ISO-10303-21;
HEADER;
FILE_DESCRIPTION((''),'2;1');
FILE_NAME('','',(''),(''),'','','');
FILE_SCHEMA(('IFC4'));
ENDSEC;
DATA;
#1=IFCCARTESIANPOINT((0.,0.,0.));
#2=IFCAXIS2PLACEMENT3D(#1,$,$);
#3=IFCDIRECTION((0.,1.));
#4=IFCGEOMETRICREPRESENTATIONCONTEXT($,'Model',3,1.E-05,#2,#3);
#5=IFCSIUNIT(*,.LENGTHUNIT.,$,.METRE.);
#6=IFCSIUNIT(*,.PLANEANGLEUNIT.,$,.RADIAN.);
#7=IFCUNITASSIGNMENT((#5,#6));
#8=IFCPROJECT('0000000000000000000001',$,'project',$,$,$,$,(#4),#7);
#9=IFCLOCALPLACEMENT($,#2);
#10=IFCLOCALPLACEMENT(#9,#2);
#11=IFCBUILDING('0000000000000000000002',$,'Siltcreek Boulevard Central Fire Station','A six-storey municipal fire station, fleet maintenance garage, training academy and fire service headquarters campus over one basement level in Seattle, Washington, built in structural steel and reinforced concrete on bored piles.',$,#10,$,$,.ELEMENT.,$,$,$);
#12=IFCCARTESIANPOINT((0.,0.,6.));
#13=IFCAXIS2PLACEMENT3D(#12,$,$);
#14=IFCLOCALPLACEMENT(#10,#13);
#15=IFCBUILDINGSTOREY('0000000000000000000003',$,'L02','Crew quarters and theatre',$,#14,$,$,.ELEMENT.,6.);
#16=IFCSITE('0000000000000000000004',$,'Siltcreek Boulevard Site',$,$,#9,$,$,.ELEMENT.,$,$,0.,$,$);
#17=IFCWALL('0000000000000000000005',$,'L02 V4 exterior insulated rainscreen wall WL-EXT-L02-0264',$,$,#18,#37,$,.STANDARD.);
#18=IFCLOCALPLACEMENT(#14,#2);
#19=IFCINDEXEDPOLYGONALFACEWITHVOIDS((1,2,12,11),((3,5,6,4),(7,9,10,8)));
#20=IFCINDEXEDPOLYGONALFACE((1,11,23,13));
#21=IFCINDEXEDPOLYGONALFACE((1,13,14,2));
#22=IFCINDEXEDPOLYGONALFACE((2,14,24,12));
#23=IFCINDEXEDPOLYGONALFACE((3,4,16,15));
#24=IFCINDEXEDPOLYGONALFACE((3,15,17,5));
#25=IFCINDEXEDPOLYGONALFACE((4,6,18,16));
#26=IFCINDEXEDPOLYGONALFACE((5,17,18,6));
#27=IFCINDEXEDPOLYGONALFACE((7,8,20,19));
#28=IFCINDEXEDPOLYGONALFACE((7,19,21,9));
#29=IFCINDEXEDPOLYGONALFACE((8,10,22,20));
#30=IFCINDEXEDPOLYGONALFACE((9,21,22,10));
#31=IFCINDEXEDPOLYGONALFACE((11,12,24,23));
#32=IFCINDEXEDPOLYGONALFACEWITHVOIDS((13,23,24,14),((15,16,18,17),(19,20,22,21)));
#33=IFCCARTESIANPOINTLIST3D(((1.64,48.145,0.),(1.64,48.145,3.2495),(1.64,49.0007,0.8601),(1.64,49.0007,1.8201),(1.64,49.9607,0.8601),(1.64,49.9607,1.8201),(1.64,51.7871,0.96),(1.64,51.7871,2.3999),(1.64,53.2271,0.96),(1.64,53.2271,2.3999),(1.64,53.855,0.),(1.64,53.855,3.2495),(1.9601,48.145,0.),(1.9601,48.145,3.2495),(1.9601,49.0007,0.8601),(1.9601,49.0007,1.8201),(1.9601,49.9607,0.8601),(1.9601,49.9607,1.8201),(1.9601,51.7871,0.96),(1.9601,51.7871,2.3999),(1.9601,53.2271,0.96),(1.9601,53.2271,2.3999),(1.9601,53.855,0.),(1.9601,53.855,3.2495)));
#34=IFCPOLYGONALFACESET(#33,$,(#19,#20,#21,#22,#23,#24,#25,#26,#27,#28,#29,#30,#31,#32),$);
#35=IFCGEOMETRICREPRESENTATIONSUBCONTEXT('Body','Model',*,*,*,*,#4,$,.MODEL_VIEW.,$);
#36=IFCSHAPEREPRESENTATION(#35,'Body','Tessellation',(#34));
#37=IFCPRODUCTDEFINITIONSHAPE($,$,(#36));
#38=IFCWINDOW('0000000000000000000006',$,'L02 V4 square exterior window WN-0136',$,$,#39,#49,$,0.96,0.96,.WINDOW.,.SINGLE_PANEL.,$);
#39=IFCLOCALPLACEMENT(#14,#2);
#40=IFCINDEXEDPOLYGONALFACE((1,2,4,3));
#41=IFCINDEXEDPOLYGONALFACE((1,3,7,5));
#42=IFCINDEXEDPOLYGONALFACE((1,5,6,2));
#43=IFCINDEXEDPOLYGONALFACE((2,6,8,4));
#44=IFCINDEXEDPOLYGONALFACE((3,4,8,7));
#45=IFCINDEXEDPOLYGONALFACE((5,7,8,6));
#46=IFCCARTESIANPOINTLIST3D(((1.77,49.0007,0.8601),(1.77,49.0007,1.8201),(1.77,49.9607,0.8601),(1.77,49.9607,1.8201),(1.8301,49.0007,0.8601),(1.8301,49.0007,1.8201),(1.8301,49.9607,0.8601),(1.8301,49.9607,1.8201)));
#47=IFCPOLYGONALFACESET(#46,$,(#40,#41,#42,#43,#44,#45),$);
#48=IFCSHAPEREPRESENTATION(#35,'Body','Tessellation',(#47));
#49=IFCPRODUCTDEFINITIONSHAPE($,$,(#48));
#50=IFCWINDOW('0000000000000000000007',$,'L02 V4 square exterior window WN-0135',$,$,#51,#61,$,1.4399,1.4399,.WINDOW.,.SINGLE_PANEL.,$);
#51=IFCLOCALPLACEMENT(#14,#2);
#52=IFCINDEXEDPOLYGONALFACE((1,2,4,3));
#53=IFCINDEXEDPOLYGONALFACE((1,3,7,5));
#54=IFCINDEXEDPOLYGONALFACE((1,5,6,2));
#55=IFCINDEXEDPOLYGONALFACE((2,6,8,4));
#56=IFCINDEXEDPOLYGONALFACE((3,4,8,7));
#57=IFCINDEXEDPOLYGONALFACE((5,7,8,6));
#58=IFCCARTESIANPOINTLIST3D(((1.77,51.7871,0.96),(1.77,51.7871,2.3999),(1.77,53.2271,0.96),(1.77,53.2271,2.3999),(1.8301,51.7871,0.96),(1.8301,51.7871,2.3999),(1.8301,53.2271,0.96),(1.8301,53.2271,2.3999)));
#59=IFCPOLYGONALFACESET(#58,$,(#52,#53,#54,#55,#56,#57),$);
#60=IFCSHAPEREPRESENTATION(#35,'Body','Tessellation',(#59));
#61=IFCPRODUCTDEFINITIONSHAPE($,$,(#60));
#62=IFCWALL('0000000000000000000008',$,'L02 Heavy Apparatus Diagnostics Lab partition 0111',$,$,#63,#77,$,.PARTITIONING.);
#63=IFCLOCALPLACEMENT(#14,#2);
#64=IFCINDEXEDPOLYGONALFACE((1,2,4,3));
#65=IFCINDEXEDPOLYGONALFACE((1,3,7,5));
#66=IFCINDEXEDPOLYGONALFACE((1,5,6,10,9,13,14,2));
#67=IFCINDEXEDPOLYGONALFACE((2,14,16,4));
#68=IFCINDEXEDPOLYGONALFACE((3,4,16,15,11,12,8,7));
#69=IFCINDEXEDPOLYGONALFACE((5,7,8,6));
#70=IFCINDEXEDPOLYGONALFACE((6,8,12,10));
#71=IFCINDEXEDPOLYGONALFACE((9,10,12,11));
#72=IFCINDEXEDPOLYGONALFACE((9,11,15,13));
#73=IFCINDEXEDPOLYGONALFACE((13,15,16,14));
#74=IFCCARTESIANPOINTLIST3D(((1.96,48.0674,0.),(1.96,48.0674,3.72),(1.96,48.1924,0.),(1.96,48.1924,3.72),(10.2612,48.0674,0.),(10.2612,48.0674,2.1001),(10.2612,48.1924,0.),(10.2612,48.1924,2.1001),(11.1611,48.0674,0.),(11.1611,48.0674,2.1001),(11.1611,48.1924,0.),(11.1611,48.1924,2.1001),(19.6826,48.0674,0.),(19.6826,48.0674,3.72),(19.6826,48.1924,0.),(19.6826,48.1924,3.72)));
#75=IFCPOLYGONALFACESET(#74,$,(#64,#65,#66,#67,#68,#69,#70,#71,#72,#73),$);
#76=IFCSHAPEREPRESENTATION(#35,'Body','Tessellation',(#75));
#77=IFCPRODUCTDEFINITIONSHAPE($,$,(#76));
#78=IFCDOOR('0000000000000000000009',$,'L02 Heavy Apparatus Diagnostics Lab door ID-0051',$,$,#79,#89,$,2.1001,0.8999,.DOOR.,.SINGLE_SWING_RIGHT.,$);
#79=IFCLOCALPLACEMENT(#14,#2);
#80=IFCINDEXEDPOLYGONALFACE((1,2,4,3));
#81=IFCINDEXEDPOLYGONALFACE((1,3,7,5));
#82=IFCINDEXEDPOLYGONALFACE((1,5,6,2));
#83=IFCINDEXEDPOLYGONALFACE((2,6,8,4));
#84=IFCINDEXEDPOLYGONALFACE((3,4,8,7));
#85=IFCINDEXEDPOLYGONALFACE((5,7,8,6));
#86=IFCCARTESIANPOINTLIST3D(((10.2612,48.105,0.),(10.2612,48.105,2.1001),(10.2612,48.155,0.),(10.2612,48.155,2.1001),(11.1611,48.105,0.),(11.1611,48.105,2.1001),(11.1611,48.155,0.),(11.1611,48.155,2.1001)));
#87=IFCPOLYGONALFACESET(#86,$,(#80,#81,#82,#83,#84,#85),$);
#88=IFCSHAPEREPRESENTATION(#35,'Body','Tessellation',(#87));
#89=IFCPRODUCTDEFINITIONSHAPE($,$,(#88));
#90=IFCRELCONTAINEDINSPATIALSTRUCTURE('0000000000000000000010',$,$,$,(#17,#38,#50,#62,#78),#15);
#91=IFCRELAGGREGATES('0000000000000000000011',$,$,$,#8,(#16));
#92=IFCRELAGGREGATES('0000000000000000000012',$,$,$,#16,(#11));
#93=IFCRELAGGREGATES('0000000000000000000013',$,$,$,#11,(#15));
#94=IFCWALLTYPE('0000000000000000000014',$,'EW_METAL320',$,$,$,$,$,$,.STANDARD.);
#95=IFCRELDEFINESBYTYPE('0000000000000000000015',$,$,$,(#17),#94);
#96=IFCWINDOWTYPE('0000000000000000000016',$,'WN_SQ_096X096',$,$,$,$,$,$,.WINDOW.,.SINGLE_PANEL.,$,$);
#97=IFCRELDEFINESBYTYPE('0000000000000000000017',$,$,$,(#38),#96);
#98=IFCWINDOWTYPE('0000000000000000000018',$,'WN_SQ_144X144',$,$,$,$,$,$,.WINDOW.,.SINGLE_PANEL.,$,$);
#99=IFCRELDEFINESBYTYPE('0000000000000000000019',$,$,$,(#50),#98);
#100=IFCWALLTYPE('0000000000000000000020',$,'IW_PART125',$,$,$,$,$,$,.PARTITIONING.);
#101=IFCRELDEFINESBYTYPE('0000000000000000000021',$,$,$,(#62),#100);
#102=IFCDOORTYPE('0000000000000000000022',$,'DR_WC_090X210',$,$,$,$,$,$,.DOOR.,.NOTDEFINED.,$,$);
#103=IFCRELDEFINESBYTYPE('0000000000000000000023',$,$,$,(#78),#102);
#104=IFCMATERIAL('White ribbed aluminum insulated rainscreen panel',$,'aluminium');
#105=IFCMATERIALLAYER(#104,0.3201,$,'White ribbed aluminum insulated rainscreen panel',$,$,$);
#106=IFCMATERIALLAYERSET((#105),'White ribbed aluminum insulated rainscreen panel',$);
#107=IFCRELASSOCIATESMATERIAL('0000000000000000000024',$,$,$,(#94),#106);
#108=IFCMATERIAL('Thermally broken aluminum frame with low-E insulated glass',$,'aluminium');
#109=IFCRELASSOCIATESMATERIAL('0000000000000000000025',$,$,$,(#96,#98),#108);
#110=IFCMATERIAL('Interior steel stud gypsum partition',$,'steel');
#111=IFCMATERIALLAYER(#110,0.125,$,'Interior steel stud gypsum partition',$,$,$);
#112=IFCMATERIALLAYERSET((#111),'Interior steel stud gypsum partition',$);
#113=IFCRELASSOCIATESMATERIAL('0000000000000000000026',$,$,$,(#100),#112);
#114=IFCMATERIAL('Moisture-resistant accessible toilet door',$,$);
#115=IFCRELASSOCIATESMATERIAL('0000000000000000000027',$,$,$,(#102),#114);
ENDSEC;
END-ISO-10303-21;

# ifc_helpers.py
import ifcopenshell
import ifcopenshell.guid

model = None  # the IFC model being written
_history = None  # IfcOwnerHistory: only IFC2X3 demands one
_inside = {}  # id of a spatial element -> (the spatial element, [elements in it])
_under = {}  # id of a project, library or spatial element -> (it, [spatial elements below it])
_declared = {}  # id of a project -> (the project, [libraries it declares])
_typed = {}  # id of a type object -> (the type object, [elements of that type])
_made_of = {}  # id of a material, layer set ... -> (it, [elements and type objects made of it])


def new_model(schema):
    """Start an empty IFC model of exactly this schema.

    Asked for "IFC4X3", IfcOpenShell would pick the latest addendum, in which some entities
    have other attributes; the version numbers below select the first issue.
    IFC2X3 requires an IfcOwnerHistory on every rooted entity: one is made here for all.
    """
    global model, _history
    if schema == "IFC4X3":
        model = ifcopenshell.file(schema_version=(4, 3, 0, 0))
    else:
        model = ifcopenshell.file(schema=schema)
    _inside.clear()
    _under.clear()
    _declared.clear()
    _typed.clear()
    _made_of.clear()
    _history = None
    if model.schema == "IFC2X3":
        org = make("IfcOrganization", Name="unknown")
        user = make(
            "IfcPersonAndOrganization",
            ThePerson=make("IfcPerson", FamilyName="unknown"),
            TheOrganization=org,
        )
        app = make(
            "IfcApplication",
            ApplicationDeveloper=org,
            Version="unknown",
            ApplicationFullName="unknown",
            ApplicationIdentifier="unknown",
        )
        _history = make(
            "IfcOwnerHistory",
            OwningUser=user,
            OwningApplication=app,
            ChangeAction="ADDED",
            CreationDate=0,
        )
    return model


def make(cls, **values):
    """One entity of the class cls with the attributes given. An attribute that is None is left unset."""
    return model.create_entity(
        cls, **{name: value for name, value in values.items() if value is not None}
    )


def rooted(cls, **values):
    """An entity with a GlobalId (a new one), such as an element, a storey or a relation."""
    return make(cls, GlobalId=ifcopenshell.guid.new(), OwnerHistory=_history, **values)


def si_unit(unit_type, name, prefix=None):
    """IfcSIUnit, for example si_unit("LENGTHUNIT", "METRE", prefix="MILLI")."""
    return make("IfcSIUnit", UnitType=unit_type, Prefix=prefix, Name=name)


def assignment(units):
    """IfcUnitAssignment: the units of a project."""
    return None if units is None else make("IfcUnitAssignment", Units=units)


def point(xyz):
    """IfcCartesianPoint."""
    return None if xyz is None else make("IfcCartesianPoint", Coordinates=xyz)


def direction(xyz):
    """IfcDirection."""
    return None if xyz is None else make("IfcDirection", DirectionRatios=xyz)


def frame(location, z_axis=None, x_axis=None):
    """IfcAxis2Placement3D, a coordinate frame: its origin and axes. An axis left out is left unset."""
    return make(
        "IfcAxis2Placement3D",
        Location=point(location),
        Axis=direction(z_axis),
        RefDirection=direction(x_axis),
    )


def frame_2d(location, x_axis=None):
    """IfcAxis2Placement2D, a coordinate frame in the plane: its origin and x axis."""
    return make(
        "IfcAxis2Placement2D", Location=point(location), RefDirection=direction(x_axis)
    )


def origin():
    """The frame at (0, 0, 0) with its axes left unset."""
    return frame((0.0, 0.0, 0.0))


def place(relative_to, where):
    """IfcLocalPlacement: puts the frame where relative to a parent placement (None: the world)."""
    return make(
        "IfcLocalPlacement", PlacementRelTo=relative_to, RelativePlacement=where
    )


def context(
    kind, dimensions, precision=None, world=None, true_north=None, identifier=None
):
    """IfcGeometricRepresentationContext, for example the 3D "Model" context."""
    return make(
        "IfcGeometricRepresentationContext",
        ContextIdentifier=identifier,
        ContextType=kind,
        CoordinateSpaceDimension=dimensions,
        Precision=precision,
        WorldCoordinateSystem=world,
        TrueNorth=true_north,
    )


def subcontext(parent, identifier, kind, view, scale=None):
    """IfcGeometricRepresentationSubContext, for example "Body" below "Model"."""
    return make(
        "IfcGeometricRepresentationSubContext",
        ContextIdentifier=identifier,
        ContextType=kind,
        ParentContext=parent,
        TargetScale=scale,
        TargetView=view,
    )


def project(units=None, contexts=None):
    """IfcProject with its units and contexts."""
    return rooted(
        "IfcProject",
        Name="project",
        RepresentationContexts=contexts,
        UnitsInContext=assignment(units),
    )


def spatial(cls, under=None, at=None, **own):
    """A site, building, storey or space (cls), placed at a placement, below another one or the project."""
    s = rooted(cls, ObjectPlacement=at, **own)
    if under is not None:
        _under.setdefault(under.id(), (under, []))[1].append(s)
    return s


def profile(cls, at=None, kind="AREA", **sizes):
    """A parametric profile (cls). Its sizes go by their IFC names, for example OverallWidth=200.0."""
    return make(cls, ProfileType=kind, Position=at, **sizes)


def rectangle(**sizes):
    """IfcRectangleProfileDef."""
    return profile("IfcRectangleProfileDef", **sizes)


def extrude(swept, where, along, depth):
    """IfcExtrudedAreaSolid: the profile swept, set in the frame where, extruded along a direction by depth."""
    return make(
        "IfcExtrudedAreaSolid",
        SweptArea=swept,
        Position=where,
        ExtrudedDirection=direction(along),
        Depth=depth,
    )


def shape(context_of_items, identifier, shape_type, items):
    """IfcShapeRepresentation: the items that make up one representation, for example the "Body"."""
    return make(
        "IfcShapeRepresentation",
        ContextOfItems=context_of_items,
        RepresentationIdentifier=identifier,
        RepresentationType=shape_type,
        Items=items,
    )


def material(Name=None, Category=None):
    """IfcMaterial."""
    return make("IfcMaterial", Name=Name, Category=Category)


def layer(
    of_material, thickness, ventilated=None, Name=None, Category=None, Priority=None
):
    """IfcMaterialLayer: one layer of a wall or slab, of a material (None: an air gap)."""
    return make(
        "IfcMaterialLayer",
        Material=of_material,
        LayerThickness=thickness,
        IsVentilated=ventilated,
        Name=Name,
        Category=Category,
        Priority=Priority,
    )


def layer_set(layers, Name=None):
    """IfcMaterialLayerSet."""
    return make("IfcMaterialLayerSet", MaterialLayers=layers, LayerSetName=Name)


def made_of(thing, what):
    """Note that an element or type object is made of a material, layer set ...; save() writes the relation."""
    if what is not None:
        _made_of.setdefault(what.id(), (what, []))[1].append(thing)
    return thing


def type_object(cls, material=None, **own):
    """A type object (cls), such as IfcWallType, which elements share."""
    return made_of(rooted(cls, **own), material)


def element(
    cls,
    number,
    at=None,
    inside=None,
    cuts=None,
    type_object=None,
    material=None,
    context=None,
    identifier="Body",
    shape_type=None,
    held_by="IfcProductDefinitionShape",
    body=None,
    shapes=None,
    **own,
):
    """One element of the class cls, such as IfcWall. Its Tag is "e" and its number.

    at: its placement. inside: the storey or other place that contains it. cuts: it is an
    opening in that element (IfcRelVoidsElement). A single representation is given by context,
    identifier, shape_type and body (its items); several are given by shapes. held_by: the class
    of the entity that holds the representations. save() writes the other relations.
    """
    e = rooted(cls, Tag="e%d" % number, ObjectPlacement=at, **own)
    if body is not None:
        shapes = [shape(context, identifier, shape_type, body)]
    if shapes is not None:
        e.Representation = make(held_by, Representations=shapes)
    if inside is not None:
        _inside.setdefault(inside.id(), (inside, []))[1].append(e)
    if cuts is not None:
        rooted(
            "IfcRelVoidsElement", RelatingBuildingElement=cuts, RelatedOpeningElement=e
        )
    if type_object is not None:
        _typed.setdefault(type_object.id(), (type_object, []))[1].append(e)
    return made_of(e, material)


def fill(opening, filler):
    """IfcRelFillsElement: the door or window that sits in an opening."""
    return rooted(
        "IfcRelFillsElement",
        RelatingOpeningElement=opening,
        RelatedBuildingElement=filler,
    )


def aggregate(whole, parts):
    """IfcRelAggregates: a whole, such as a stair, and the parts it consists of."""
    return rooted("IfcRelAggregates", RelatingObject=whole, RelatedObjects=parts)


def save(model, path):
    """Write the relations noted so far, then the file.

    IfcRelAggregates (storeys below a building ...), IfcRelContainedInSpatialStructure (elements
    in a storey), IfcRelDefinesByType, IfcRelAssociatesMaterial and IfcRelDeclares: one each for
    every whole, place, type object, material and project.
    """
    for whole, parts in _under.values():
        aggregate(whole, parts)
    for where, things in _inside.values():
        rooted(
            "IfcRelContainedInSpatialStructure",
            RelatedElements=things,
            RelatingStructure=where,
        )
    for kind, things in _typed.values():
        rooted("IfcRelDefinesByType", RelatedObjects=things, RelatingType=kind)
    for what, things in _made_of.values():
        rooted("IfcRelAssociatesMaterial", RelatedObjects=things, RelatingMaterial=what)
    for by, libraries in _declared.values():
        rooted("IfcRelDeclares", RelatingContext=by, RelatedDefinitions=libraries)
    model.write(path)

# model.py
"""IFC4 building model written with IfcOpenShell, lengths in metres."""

from ifc_helpers import new_model, si_unit, direction, frame, frame_2d, origin, place, context, subcontext, project, spatial, rectangle, extrude, material, layer, layer_set, type_object, element, fill, save


model = new_model("IFC4")

# Units and contexts
model_context = context("Model", 3, precision=1e-05, world=origin(), true_north=direction((0.0, 1.0)))
body_context = subcontext(model_context, "Body", "Model", "MODEL_VIEW")
ifc_project = project(units=[si_unit("LENGTHUNIT", "METRE"), si_unit("PLANEANGLEUNIT", "RADIAN")], contexts=[model_context])

# Site, building, storey
site_placement = place(None, origin())
site = spatial("IfcSite", under=ifc_project, at=site_placement, Name="Siltcreek Boulevard Site", CompositionType="ELEMENT", RefElevation=0.0)
building_placement = place(site_placement, origin())
building = spatial("IfcBuilding", under=site, at=building_placement, Name="Siltcreek Boulevard Central Fire Station", Description="A six-storey municipal fire station, fleet maintenance garage, training academy and fire service headquarters campus over one basement level in Seattle, Washington, built in structural steel and reinforced concrete on bored piles.", CompositionType="ELEMENT")
storey_placement = place(building_placement, frame((0.0, 0.0, 6.0)))
storey = spatial("IfcBuildingStorey", under=building, at=storey_placement, Name="L02", Description="Crew quarters and theatre", CompositionType="ELEMENT", Elevation=6.0)

# Wall, openings, windows
ifc_material_1 = material(Name="White ribbed aluminum insulated rainscreen panel", Category="aluminium")
ifc_layer_1 = layer(ifc_material_1, 0.3201, Name="White ribbed aluminum insulated rainscreen panel")
ifc_layer_set_1 = layer_set([ifc_layer_1], Name="White ribbed aluminum insulated rainscreen panel")
wall_type_1 = type_object("IfcWallType", Name="EW_METAL320", PredefinedType="STANDARD", material=ifc_layer_set_1)
ifc_material_2 = material(Name="Thermally broken aluminum frame with low-E insulated glass", Category="aluminium")
window_type_1 = type_object("IfcWindowType", Name="WN_SQ_096X096", PartitioningType="SINGLE_PANEL", PredefinedType="WINDOW", material=ifc_material_2)
wall_1_placement = place(storey_placement, frame((1.8, 53.855, 0.0), z_axis=(0.0, 0.0, 1.0), x_axis=(0.0, -1.0, 0.0)))
wall_1 = element("IfcWall", 1, at=wall_1_placement, inside=storey, type_object=wall_type_1, Name="L02 V4 exterior insulated rainscreen wall WL-EXT-L02-0264", PredefinedType="STANDARD", context=body_context, shape_type="SweptSolid", body=[
    extrude(rectangle(XDim=5.71, YDim=0.3201, at=frame_2d((2.855, 0.0))), origin(), (0.0, 0.0, 1.0), 3.2495),
])
opening_1_placement = place(wall_1_placement, frame((0.6279, 0.0, 0.96)))
opening_1 = element("IfcOpeningElement", 2, at=opening_1_placement, cuts=wall_1, PredefinedType="OPENING", context=body_context, shape_type="SweptSolid", body=[
    extrude(rectangle(XDim=1.4399, YDim=1.4399, at=frame_2d((0.72, 0.72))), frame((0.0, 0.1699, 0.0), z_axis=(0.0, -1.0, 0.0), x_axis=(1.0, 0.0, 0.0)), (0.0, 0.0, 1.0), 0.3401),
])
opening_2_placement = place(wall_1_placement, frame((3.8943, 0.0, 0.8601)))
opening_2 = element("IfcOpeningElement", 3, at=opening_2_placement, cuts=wall_1, PredefinedType="OPENING", context=body_context, shape_type="SweptSolid", body=[
    extrude(rectangle(XDim=0.96, YDim=0.96, at=frame_2d((0.48, 0.48))), frame((0.0, 0.1699, 0.0), z_axis=(0.0, -1.0, 0.0), x_axis=(1.0, 0.0, 0.0)), (0.0, 0.0, 1.0), 0.3401),
])
window_1_placement = place(opening_2_placement, origin())
window_1 = element("IfcWindow", 4, at=window_1_placement, inside=storey, type_object=window_type_1, Name="L02 V4 square exterior window WN-0136", OverallHeight=0.96, OverallWidth=0.96, PartitioningType="SINGLE_PANEL", PredefinedType="WINDOW", context=body_context, shape_type="SweptSolid", body=[
    extrude(rectangle(XDim=0.96, YDim=0.96, at=frame_2d((0.48, 0.48))), frame((0.0, 0.03, 0.0), z_axis=(0.0, -1.0, 0.0), x_axis=(1.0, 0.0, 0.0)), (0.0, 0.0, 1.0), 0.0601),
])
fill(opening_2, window_1)
window_type_2 = type_object("IfcWindowType", Name="WN_SQ_144X144", PartitioningType="SINGLE_PANEL", PredefinedType="WINDOW", material=ifc_material_2)
window_2_placement = place(opening_1_placement, origin())
window_2 = element("IfcWindow", 5, at=window_2_placement, inside=storey, type_object=window_type_2, Name="L02 V4 square exterior window WN-0135", OverallHeight=1.4399, OverallWidth=1.4399, PartitioningType="SINGLE_PANEL", PredefinedType="WINDOW", context=body_context, shape_type="SweptSolid", body=[
    extrude(rectangle(XDim=1.4399, YDim=1.4399, at=frame_2d((0.72, 0.72))), frame((0.0, 0.03, 0.0), z_axis=(0.0, -1.0, 0.0), x_axis=(1.0, 0.0, 0.0)), (0.0, 0.0, 1.0), 0.0601),
])
fill(opening_1, window_2)

# Wall, opening, door
ifc_material_3 = material(Name="Interior steel stud gypsum partition", Category="steel")
ifc_layer_2 = layer(ifc_material_3, 0.125, Name="Interior steel stud gypsum partition")
ifc_layer_set_2 = layer_set([ifc_layer_2], Name="Interior steel stud gypsum partition")
wall_type_2 = type_object("IfcWallType", Name="IW_PART125", PredefinedType="PARTITIONING", material=ifc_layer_set_2)
wall_2_placement = place(storey_placement, frame((1.96, 48.1299, 0.0), z_axis=(0.0, 0.0, 1.0), x_axis=(1.0, 0.0, 0.0)))
wall_2 = element("IfcWall", 6, at=wall_2_placement, inside=storey, type_object=wall_type_2, Name="L02 Heavy Apparatus Diagnostics Lab partition 0111", PredefinedType="PARTITIONING", context=body_context, shape_type="SweptSolid", body=[
    extrude(rectangle(XDim=17.7227, YDim=0.125, at=frame_2d((8.8613, 0.0))), origin(), (0.0, 0.0, 1.0), 3.72),
])
opening_3_placement = place(wall_2_placement, frame((8.3013, 0.0, 0.0)))
opening_3 = element("IfcOpeningElement", 7, at=opening_3_placement, cuts=wall_2, PredefinedType="OPENING", context=body_context, shape_type="SweptSolid", body=[
    extrude(rectangle(XDim=0.8999, YDim=2.1001, at=frame_2d((0.45, 1.05))), frame((0.0, 0.0725, 0.0), z_axis=(0.0, -1.0, 0.0), x_axis=(1.0, 0.0, 0.0)), (0.0, 0.0, 1.0), 0.145),
])
ifc_material_4 = material(Name="Moisture-resistant accessible toilet door")
door_type_1 = type_object("IfcDoorType", Name="DR_WC_090X210", OperationType="NOTDEFINED", PredefinedType="DOOR", material=ifc_material_4)
door_1_placement = place(opening_3_placement, frame((0.8999, 0.0, 0.0), z_axis=(0.0, 0.0, 1.0), x_axis=(-1.0, 0.0, 0.0)))
door_1 = element("IfcDoor", 8, at=door_1_placement, inside=storey, type_object=door_type_1, Name="L02 Heavy Apparatus Diagnostics Lab door ID-0051", OperationType="SINGLE_SWING_RIGHT", OverallHeight=2.1001, OverallWidth=0.8999, PredefinedType="DOOR", context=body_context, shape_type="SweptSolid", body=[
    extrude(rectangle(XDim=0.8999, YDim=2.1001, at=frame_2d((0.45, 1.05))), frame((0.0, 0.0249, 0.0), z_axis=(0.0, -1.0, 0.0), x_axis=(1.0, 0.0, 0.0)), (0.0, 0.0, 1.0), 0.05),
])
fill(opening_3, door_1)

save(model, "model.ifc")
